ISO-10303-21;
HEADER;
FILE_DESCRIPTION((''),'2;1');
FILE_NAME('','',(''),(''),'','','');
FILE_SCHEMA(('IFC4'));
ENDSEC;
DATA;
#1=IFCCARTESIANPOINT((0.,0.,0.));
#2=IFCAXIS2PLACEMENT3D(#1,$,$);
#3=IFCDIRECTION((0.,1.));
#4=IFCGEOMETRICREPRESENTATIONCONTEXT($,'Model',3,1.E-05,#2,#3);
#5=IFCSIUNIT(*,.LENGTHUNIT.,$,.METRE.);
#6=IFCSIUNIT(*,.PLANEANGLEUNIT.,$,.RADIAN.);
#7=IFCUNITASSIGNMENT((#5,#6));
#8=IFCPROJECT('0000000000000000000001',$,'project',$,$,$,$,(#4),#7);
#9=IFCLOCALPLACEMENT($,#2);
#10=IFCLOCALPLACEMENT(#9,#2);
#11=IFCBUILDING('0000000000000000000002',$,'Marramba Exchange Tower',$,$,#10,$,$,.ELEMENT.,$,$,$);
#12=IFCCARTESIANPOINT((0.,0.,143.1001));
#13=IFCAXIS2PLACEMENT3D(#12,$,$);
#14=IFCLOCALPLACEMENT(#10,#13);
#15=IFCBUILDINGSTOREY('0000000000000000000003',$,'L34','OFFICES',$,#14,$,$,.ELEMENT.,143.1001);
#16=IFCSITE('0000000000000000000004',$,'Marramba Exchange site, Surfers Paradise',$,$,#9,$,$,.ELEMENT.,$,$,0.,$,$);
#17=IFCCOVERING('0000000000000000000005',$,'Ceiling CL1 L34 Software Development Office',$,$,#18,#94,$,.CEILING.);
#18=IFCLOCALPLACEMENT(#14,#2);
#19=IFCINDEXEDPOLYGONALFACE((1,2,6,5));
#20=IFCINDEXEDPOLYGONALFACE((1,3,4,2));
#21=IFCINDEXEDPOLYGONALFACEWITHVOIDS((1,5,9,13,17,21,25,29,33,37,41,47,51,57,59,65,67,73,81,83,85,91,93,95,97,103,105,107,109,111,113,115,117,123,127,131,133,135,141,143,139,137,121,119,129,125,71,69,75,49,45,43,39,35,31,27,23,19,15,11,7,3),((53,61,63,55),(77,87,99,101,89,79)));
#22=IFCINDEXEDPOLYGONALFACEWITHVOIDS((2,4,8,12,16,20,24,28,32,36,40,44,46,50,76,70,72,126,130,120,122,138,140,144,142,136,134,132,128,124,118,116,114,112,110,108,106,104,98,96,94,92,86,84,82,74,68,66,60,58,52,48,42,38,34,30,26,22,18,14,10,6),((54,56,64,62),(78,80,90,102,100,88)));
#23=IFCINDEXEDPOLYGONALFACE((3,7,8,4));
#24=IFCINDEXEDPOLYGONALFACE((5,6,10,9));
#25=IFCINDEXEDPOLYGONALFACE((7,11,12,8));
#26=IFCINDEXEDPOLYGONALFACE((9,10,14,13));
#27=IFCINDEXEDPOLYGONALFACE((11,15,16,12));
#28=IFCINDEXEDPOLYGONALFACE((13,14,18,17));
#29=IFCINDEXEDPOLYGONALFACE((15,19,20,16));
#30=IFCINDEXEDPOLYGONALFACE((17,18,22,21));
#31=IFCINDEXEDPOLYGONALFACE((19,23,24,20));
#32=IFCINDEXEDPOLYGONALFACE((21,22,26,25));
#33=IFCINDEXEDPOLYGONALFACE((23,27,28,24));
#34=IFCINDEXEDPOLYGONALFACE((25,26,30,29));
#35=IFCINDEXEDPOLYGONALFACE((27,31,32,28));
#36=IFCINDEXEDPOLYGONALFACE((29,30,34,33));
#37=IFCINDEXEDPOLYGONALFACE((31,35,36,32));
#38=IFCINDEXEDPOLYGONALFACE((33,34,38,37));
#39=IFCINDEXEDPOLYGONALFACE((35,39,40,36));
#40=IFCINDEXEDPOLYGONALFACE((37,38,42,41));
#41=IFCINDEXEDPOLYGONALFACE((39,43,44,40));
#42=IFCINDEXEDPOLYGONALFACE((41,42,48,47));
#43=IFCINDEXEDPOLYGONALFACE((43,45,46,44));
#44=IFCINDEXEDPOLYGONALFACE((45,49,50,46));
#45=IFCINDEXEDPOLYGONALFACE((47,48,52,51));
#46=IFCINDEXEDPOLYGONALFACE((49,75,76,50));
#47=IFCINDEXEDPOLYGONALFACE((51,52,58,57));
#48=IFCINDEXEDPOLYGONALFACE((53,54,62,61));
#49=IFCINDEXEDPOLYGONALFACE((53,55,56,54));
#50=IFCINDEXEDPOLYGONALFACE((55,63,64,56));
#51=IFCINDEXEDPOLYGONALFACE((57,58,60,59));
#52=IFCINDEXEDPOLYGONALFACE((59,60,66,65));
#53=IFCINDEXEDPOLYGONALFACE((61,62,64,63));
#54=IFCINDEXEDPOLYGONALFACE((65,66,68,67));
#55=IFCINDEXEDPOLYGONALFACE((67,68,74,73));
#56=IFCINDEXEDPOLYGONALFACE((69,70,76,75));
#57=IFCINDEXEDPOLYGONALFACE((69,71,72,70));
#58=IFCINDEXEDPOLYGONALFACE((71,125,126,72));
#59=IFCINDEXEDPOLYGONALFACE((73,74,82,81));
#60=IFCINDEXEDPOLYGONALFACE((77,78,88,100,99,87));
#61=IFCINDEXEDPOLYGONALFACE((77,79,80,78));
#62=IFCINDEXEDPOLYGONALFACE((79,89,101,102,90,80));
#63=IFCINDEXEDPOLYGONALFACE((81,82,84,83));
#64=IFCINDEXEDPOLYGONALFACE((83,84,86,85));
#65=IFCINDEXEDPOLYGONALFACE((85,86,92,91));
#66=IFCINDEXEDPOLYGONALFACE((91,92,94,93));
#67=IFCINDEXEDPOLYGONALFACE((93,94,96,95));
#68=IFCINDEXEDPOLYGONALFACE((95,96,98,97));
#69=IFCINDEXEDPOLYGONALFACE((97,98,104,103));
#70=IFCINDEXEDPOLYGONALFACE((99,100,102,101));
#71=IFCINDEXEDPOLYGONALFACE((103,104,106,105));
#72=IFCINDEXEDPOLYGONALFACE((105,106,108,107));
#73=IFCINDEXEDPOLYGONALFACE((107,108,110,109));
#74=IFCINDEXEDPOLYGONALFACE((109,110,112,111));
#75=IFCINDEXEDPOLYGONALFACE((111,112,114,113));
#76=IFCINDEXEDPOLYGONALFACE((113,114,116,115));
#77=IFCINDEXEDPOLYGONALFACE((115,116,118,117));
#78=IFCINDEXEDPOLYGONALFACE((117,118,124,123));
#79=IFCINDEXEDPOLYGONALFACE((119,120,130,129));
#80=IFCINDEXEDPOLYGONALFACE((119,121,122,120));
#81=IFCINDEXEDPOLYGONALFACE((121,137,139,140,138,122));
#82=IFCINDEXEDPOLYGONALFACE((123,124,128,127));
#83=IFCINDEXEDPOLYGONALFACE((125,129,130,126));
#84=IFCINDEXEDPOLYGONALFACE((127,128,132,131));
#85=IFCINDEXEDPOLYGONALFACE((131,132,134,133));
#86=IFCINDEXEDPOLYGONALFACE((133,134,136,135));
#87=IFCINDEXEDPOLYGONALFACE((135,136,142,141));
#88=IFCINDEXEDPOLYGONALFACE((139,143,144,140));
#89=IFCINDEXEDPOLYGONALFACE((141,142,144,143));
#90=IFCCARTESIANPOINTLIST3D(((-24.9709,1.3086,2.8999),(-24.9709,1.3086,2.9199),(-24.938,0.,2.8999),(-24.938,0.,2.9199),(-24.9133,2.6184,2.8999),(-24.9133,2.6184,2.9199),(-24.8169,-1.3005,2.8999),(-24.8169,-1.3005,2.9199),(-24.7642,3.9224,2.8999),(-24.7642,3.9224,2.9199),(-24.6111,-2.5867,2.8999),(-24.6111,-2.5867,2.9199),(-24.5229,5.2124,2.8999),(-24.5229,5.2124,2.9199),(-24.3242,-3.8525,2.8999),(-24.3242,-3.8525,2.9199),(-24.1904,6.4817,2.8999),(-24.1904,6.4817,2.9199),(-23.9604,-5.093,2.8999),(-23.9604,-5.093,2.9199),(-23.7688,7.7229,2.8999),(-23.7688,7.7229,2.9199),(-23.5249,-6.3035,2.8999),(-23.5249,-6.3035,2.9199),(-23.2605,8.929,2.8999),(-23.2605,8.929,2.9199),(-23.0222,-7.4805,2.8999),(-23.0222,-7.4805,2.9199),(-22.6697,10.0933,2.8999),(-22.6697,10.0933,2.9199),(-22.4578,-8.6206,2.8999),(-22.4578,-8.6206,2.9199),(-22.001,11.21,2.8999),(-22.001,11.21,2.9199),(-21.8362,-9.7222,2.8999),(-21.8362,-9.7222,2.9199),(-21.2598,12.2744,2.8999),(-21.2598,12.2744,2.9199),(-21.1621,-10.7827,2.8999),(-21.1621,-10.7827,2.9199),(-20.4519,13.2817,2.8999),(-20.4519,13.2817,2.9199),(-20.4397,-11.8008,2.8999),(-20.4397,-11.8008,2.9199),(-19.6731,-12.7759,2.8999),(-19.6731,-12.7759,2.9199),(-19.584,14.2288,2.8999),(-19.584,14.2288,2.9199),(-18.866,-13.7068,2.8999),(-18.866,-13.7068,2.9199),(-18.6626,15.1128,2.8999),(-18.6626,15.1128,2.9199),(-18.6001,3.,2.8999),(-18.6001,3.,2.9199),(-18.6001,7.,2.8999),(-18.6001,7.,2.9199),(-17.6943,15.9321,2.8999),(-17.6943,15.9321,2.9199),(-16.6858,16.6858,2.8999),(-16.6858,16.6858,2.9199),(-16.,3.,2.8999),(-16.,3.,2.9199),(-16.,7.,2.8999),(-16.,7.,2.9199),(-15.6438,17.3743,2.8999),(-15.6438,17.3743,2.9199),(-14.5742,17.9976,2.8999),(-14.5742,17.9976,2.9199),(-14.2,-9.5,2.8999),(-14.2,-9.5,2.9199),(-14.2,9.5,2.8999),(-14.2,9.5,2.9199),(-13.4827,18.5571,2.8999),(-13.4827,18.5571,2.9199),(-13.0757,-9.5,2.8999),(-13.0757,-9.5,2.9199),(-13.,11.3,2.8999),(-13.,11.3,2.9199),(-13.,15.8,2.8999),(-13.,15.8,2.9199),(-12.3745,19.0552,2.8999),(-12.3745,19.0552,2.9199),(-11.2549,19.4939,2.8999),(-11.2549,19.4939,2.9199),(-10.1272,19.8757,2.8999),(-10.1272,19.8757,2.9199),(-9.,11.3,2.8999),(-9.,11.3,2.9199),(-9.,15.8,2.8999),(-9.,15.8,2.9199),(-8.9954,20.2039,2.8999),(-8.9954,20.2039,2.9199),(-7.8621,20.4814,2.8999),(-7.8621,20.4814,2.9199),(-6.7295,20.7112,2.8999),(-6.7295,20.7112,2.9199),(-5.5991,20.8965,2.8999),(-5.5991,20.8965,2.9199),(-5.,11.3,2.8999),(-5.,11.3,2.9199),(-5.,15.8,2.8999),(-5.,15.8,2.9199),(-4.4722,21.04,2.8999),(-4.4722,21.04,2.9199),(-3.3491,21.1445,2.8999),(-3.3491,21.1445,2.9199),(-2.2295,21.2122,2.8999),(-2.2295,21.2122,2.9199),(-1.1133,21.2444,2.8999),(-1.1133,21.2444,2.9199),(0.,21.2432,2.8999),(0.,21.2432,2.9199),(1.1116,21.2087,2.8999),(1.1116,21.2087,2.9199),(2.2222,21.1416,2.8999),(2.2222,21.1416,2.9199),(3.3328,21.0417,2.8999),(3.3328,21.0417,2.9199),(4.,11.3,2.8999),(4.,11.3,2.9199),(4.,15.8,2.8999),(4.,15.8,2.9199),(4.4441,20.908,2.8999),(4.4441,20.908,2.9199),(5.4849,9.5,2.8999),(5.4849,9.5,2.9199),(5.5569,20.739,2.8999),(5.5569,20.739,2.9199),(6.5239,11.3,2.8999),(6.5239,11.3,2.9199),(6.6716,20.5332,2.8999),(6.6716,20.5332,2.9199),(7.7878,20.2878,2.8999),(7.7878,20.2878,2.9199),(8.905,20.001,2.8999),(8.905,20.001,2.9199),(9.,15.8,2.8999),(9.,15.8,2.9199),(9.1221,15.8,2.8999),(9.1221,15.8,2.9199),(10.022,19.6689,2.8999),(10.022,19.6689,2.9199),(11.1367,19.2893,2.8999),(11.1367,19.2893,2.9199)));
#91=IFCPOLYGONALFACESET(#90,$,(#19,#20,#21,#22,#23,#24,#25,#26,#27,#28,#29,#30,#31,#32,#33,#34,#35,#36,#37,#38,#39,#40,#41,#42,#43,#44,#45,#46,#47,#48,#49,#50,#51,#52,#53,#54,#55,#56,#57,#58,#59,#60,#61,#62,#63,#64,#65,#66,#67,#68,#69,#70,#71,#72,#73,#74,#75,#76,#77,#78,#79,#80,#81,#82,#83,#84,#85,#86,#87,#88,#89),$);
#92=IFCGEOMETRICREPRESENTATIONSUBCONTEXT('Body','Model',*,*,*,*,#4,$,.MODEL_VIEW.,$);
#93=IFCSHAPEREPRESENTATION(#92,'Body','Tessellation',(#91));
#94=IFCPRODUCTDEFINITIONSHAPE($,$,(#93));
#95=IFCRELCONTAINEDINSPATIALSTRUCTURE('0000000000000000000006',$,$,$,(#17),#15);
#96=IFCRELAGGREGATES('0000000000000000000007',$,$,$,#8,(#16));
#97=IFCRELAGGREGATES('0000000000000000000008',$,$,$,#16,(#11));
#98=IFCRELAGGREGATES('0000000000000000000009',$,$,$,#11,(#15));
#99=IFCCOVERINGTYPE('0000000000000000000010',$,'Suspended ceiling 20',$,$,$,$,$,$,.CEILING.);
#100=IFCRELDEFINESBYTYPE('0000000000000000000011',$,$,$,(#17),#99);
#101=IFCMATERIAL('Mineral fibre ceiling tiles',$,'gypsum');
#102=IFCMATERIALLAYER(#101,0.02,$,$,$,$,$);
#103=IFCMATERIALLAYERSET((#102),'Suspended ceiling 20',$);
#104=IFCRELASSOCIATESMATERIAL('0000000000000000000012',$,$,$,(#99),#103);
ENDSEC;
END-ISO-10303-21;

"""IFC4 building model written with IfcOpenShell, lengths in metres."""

from ifc_helpers import new_model, si_unit, direction, frame, origin, place, context, subcontext, project, spatial, polyline, outline, extrude, material, layer, layer_set, type_object, element, save


model = new_model("IFC4")

# Units and contexts
model_context = context("Model", 3, precision=1e-05, world=origin(), true_north=direction((0.0, 1.0)))
body_context = subcontext(model_context, "Body", "Model", "MODEL_VIEW")
ifc_project = project(units=[si_unit("LENGTHUNIT", "METRE"), si_unit("PLANEANGLEUNIT", "RADIAN")], contexts=[model_context])

# Site, building, storey
site_placement = place(None, origin())
site = spatial("IfcSite", under=ifc_project, at=site_placement, Name="Marramba Exchange site, Surfers Paradise", CompositionType="ELEMENT", RefElevation=0.0)
building_placement = place(site_placement, origin())
building = spatial("IfcBuilding", under=site, at=building_placement, Name="Marramba Exchange Tower", CompositionType="ELEMENT")
storey_placement = place(building_placement, frame((0.0, 0.0, 143.1001)))
storey = spatial("IfcBuildingStorey", under=building, at=storey_placement, Name="L34", Description="OFFICES", CompositionType="ELEMENT", Elevation=143.1001)

# Covering
ifc_material_1 = material(Name="Mineral fibre ceiling tiles", Category="gypsum")
ifc_layer_1 = layer(ifc_material_1, 0.02)
ifc_layer_set_1 = layer_set([ifc_layer_1], Name="Suspended ceiling 20")
covering_type = type_object("IfcCoveringType", Name="Suspended ceiling 20", PredefinedType="CEILING", material=ifc_layer_set_1)
covering_1_placement = place(storey_placement, frame((0.0, 0.0, 2.8999)))
element("IfcCovering", 1, at=covering_1_placement, inside=storey, type_object=covering_type, Name="Ceiling CL1 L34 Software Development Office", PredefinedType="CEILING", context=body_context, shape_type="SweptSolid", body=[
    extrude(outline(polyline([(-14.2, -9.5), (-13.0757, -9.5), (-18.866, -13.7068), (-19.6731, -12.7759), (-20.4397, -11.8008), (-21.1621, -10.7827), (-21.8362, -9.7222), (-22.4578, -8.6206), (-23.0222, -7.4805), (-23.5249, -6.3035), (-23.9604, -5.093), (-24.3242, -3.8525), (-24.6111, -2.5867), (-24.8169, -1.3005), (-24.938, 0.0), (-24.9709, 1.3086), (-24.9133, 2.6184), (-24.7642, 3.9224), (-24.5229, 5.2124), (-24.1904, 6.4817), (-23.7688, 7.7229), (-23.2605, 8.929), (-22.6697, 10.0933), (-22.001, 11.21), (-21.2598, 12.2744), (-20.4519, 13.2817), (-19.584, 14.2288), (-18.6626, 15.1128), (-17.6943, 15.9321), (-16.6858, 16.6858), (-15.6438, 17.3743), (-14.5742, 17.9976), (-13.4827, 18.5571), (-12.3745, 19.0552), (-11.2549, 19.4939), (-10.1272, 19.8757), (-8.9954, 20.2039), (-7.8621, 20.4814), (-6.7295, 20.7112), (-5.5991, 20.8965), (-4.4722, 21.04), (-3.3491, 21.1445), (-2.2295, 21.2122), (-1.1133, 21.2444), (0.0, 21.2432), (1.1116, 21.2087), (2.2222, 21.1416), (3.3328, 21.0417), (4.4441, 20.908), (5.5569, 20.739), (6.6716, 20.5332), (7.7878, 20.2878), (8.905, 20.001), (10.022, 19.6689), (11.1367, 19.2893), (9.1221, 15.8), (9.0, 15.8), (4.0, 15.8), (4.0, 11.3), (6.5239, 11.3), (5.4849, 9.5), (-14.2, 9.5), (-14.2, -9.5)]), holes=[polyline([(-13.0, 11.3), (-9.0, 11.3), (-5.0, 11.3), (-5.0, 15.8), (-9.0, 15.8), (-13.0, 15.8), (-13.0, 11.3)]), polyline([(-18.6001, 3.0), (-16.0, 3.0), (-16.0, 7.0), (-18.6001, 7.0), (-18.6001, 3.0)])]), origin(), (0.0, 0.0, 1.0), 0.02),
])

save(model, "model.ifc")
